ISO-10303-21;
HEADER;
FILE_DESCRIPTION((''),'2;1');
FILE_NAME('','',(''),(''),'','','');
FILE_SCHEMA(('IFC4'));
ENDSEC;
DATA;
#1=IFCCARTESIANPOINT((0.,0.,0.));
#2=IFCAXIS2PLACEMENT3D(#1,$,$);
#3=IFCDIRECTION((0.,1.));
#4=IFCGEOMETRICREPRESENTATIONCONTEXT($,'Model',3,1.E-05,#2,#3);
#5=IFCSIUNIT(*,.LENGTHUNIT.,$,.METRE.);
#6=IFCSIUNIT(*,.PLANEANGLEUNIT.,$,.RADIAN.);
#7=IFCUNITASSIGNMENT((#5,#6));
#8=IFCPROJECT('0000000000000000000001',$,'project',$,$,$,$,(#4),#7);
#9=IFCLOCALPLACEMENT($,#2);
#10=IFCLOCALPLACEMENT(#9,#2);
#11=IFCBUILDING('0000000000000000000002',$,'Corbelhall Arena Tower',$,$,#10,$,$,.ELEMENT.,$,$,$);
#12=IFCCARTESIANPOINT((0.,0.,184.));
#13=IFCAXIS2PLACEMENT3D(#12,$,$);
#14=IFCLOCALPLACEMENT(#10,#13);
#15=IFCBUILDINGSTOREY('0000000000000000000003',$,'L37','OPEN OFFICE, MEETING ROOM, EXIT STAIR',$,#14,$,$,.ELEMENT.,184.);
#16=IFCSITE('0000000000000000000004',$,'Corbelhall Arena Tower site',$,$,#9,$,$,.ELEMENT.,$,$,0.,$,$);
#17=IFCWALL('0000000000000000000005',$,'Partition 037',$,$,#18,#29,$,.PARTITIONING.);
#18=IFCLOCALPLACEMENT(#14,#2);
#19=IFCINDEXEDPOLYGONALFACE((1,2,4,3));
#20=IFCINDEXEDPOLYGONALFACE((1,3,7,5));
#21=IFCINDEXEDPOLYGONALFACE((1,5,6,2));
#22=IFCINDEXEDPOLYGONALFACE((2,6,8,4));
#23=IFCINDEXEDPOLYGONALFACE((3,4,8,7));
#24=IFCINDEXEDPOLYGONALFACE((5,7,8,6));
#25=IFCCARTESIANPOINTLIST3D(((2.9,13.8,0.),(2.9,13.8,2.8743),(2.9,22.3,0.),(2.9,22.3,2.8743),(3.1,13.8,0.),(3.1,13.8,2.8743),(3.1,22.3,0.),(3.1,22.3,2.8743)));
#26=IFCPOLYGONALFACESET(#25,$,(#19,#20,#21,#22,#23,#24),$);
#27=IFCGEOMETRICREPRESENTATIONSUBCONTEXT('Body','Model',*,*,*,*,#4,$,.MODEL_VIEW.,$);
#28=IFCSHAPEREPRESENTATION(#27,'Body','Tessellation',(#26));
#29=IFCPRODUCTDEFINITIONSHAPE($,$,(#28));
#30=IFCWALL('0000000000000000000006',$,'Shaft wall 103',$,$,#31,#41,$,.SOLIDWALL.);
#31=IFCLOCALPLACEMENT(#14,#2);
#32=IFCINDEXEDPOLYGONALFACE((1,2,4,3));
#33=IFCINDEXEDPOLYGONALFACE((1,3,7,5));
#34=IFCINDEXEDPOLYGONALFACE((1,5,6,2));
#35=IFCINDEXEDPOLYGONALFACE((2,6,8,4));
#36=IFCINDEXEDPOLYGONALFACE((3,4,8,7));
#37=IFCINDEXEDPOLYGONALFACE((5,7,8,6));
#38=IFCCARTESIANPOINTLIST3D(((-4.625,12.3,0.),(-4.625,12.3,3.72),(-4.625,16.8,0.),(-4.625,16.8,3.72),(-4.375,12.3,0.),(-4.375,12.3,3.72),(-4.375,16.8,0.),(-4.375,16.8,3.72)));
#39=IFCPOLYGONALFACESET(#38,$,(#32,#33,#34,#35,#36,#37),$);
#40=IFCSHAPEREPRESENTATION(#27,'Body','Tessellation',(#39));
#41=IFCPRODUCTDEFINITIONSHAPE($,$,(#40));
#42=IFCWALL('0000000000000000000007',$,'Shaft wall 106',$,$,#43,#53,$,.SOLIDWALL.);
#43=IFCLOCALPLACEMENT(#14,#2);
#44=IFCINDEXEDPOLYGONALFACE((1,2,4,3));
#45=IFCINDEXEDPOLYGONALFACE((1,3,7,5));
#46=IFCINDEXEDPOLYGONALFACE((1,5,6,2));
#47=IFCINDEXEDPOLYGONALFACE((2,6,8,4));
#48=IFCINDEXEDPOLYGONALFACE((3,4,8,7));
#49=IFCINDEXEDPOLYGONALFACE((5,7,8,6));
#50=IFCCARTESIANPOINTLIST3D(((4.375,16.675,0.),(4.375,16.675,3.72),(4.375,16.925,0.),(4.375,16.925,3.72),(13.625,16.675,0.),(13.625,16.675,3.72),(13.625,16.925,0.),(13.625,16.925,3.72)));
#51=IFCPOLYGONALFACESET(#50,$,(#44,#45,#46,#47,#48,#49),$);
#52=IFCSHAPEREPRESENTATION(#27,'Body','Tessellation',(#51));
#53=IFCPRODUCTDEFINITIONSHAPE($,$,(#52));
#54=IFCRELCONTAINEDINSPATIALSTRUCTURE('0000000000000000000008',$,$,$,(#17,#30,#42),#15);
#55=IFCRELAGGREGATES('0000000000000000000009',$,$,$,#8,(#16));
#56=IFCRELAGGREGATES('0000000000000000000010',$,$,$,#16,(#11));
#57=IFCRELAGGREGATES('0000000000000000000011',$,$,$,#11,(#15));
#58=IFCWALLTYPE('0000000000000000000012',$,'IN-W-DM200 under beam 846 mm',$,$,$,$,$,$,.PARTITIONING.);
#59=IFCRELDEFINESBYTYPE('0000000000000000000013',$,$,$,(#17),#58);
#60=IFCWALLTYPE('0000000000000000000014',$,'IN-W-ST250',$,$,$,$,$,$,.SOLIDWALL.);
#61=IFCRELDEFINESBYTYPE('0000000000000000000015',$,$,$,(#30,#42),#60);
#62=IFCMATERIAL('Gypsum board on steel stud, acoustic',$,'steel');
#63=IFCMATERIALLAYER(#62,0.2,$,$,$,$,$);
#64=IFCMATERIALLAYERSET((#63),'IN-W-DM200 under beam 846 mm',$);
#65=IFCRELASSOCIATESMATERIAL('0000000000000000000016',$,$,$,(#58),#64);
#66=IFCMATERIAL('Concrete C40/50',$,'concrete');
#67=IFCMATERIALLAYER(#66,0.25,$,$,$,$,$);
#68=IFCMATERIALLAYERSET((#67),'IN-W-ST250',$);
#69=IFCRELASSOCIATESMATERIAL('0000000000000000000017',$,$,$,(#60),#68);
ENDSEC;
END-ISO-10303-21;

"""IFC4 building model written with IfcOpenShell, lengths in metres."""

from ifc_helpers import new_model, si_unit, direction, frame, frame_2d, origin, place, context, subcontext, project, spatial, rectangle, extrude, material, layer, layer_set, type_object, element, save


model = new_model("IFC4")

# Units and contexts
model_context = context("Model", 3, precision=1e-05, world=origin(), true_north=direction((0.0, 1.0)))
body_context = subcontext(model_context, "Body", "Model", "MODEL_VIEW")
ifc_project = project(units=[si_unit("LENGTHUNIT", "METRE"), si_unit("PLANEANGLEUNIT", "RADIAN")], contexts=[model_context])

# Site, building, storey
site_placement = place(None, origin())
site = spatial("IfcSite", under=ifc_project, at=site_placement, Name="Corbelhall Arena Tower site", CompositionType="ELEMENT", RefElevation=0.0)
building_placement = place(site_placement, origin())
building = spatial("IfcBuilding", under=site, at=building_placement, Name="Corbelhall Arena Tower", CompositionType="ELEMENT")
storey_placement = place(building_placement, frame((0.0, 0.0, 184.0)))
storey = spatial("IfcBuildingStorey", under=building, at=storey_placement, Name="L37", Description="OPEN OFFICE, MEETING ROOM, EXIT STAIR", CompositionType="ELEMENT", Elevation=184.0)

# Walls
ifc_material_1 = material(Name="Gypsum board on steel stud, acoustic", Category="steel")
ifc_layer_1 = layer(ifc_material_1, 0.2)
ifc_layer_set_1 = layer_set([ifc_layer_1], Name="IN-W-DM200 under beam 846 mm")
wall_type_1 = type_object("IfcWallType", Name="IN-W-DM200 under beam 846 mm", PredefinedType="PARTITIONING", material=ifc_layer_set_1)
wall_1_placement = place(storey_placement, frame((3.0, 22.3, 0.0), z_axis=(0.0, 0.0, 1.0), x_axis=(0.0, -1.0, 0.0)))
element("IfcWall", 1, at=wall_1_placement, inside=storey, type_object=wall_type_1, Name="Partition 037", PredefinedType="PARTITIONING", context=body_context, shape_type="SweptSolid", body=[
    extrude(rectangle(XDim=8.5, YDim=0.2, at=frame_2d((4.25, 0.0))), origin(), (0.0, 0.0, 1.0), 2.8743),
])
ifc_material_2 = material(Name="Concrete C40/50", Category="concrete")
ifc_layer_2 = layer(ifc_material_2, 0.25)
ifc_layer_set_2 = layer_set([ifc_layer_2], Name="IN-W-ST250")
wall_type_2 = type_object("IfcWallType", Name="IN-W-ST250", PredefinedType="SOLIDWALL", material=ifc_layer_set_2)
wall_2_placement = place(storey_placement, frame((-4.5, 16.8, 0.0), z_axis=(0.0, 0.0, 1.0), x_axis=(0.0, -1.0, 0.0)))
element("IfcWall", 2, at=wall_2_placement, inside=storey, type_object=wall_type_2, Name="Shaft wall 103", PredefinedType="SOLIDWALL", context=body_context, shape_type="SweptSolid", body=[
    extrude(rectangle(XDim=4.5, YDim=0.25, at=frame_2d((2.25, 0.0))), origin(), (0.0, 0.0, 1.0), 3.72),
])
wall_3_placement = place(storey_placement, frame((4.375, 16.8, 0.0), z_axis=(0.0, 0.0, 1.0), x_axis=(1.0, 0.0, 0.0)))
element("IfcWall", 3, at=wall_3_placement, inside=storey, type_object=wall_type_2, Name="Shaft wall 106", PredefinedType="SOLIDWALL", context=body_context, shape_type="SweptSolid", body=[
    extrude(rectangle(XDim=9.25, YDim=0.25, at=frame_2d((4.625, 0.0))), origin(), (0.0, 0.0, 1.0), 3.72),
])

save(model, "model.ifc")
